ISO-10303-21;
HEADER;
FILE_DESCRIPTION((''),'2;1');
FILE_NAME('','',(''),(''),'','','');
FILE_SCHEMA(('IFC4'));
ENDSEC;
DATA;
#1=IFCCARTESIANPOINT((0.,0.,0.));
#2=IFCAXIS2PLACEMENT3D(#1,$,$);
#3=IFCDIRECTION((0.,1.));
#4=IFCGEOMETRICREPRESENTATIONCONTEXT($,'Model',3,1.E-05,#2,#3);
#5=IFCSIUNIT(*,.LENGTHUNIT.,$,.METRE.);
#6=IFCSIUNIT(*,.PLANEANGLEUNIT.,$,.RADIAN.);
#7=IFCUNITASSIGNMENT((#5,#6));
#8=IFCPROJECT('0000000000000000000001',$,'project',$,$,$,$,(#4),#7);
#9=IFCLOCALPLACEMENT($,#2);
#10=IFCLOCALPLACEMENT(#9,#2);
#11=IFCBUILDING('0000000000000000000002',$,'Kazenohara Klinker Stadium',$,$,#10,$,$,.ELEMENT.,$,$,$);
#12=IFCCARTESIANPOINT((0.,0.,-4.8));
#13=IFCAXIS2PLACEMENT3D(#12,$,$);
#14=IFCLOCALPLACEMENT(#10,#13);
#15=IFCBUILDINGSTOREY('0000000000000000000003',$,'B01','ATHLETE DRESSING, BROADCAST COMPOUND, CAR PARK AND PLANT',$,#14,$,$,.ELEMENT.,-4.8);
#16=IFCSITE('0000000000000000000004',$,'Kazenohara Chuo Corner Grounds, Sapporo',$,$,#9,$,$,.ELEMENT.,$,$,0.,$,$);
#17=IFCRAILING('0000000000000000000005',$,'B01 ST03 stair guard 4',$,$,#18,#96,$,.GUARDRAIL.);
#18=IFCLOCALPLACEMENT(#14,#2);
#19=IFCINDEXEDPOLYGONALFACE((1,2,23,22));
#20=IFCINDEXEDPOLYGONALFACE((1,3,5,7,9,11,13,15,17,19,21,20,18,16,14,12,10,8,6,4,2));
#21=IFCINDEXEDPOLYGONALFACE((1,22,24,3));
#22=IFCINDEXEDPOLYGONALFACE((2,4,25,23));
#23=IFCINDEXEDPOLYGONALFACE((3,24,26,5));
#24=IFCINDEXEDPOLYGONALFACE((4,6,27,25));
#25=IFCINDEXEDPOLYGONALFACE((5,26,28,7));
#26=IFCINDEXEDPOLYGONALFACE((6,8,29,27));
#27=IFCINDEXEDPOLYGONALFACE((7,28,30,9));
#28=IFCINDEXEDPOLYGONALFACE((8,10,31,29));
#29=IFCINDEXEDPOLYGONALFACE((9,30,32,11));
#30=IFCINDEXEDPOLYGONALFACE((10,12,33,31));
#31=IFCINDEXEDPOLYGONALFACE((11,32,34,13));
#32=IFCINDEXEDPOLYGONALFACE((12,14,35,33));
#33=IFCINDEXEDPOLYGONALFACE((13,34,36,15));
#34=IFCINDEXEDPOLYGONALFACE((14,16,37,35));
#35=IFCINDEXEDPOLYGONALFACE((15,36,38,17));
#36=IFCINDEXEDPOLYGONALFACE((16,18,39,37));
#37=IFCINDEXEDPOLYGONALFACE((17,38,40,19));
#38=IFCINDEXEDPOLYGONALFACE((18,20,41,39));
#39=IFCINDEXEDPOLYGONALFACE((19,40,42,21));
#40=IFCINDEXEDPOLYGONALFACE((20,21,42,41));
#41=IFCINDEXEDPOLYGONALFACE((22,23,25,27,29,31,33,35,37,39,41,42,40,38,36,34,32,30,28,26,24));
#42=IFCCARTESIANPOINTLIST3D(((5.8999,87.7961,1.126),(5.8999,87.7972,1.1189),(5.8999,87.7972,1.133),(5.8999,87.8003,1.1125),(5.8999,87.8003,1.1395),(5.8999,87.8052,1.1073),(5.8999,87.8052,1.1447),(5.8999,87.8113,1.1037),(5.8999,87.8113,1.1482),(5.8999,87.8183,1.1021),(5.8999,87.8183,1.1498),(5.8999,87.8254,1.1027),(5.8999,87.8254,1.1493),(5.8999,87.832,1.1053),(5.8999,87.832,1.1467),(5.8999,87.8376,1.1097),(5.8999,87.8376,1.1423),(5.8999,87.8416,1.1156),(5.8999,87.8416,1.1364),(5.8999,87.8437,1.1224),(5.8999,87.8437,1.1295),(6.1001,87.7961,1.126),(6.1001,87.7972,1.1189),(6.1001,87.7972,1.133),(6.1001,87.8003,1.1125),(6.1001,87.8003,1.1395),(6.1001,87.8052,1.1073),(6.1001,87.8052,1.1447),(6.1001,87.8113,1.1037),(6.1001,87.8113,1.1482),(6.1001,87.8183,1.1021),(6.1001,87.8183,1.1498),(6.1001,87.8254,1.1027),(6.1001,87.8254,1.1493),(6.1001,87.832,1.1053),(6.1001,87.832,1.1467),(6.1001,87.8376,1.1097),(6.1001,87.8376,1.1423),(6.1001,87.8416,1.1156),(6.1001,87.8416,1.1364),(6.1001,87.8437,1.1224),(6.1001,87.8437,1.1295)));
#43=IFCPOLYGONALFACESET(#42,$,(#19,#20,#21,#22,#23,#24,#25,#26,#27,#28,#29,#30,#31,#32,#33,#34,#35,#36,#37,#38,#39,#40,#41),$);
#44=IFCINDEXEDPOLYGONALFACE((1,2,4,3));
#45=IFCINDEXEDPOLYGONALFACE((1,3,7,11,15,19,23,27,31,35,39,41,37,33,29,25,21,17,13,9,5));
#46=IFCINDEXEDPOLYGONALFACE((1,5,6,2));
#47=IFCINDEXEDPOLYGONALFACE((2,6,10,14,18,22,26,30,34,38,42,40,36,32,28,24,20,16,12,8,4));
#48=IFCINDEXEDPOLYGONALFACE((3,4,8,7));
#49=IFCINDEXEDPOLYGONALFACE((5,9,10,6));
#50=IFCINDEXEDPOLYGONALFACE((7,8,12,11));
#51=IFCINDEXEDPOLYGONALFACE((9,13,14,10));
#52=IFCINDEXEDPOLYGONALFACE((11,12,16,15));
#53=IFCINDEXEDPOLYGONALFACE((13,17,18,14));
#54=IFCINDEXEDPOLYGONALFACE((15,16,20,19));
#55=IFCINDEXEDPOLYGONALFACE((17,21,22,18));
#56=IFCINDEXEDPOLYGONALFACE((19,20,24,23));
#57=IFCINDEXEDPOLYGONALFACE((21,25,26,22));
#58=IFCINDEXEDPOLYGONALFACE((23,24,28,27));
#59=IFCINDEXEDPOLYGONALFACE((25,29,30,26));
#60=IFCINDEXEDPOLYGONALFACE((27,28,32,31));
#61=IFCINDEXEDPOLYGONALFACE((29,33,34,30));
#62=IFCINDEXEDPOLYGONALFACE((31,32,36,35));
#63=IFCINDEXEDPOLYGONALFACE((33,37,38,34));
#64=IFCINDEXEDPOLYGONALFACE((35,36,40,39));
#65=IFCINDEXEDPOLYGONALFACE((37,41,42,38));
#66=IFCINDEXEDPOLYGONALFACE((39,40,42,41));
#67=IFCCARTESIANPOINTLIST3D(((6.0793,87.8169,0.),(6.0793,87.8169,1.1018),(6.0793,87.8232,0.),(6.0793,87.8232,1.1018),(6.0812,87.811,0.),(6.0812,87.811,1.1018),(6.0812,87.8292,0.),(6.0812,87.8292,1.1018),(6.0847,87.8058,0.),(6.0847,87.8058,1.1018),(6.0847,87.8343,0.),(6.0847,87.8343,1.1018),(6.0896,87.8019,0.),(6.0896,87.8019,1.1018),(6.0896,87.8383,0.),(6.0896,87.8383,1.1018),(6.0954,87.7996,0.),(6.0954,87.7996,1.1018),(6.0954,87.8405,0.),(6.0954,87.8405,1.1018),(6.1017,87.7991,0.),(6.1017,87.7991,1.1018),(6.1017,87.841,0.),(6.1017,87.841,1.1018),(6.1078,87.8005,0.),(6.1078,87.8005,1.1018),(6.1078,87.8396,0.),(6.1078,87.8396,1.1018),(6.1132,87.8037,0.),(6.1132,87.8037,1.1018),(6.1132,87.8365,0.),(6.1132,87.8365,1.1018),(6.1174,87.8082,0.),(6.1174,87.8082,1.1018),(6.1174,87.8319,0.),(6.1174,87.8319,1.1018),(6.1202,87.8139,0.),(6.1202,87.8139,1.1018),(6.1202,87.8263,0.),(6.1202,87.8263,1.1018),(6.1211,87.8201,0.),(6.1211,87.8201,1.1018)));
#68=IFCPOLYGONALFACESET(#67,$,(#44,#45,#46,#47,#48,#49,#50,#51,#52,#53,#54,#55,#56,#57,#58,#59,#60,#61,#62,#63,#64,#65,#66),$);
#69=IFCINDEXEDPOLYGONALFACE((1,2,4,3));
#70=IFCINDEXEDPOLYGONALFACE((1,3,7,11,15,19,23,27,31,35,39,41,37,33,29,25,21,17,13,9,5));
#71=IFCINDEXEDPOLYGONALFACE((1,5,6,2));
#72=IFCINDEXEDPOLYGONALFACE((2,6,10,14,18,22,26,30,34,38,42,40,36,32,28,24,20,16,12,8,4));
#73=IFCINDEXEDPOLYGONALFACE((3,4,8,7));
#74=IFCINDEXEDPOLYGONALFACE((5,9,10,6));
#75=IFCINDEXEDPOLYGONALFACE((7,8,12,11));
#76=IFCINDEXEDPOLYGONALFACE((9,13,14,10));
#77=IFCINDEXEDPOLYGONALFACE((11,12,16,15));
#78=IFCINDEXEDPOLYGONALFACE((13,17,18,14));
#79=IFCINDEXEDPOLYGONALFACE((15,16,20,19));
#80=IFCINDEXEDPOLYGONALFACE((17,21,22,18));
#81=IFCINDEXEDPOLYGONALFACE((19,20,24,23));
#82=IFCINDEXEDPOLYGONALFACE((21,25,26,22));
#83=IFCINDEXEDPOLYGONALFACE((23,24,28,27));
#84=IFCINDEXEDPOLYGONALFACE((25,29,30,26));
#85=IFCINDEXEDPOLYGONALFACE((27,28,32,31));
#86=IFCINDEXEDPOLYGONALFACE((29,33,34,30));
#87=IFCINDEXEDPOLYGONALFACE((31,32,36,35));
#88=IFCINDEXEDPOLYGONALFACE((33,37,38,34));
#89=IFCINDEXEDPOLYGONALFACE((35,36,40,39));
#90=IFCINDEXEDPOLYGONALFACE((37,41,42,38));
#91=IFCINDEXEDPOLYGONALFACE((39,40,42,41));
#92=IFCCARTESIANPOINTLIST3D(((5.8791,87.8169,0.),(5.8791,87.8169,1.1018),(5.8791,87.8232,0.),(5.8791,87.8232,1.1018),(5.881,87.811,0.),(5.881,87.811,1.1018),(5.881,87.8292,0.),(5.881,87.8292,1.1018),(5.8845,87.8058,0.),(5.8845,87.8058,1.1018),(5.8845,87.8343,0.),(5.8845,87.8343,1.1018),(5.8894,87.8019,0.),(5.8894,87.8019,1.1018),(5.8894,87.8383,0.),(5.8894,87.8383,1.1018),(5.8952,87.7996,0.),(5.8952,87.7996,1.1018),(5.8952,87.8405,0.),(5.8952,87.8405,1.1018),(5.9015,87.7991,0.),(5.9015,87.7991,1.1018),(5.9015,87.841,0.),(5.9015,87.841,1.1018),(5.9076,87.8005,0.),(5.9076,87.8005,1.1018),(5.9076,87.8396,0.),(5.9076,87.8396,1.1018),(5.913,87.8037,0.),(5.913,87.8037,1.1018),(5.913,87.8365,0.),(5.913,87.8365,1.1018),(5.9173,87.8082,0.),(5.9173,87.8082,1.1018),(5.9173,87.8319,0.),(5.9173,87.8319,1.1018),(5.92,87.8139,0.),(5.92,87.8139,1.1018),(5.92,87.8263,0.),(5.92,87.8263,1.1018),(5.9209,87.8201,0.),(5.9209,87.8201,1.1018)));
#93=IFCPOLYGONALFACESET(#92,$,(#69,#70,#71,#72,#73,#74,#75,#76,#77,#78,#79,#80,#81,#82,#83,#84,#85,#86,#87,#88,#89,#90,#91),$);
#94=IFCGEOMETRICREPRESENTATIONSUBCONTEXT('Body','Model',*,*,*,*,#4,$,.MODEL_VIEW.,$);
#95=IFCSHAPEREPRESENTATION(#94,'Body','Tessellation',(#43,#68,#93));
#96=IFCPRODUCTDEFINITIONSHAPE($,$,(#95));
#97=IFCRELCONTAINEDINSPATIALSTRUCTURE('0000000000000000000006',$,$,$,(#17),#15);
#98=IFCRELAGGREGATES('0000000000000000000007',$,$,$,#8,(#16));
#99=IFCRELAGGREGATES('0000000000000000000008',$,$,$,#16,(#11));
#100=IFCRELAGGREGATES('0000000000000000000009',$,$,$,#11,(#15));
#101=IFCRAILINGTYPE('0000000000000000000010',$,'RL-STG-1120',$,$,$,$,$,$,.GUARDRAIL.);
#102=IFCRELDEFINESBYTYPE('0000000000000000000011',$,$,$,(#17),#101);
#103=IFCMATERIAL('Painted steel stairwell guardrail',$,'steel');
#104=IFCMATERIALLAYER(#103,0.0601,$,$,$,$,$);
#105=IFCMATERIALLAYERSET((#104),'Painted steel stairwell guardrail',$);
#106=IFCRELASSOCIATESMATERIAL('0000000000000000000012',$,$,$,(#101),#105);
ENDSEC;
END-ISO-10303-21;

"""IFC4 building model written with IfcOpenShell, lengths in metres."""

from ifc_helpers import new_model, si_unit, direction, frame, origin, origin_2d, place, context, subcontext, project, spatial, circle, extrude, material, layer, layer_set, type_object, element, save


model = new_model("IFC4")

# Units and contexts
model_context = context("Model", 3, precision=1e-05, world=origin(), true_north=direction((0.0, 1.0)))
body_context = subcontext(model_context, "Body", "Model", "MODEL_VIEW")
ifc_project = project(units=[si_unit("LENGTHUNIT", "METRE"), si_unit("PLANEANGLEUNIT", "RADIAN")], contexts=[model_context])

# Site, building, storey
site_placement = place(None, origin())
site = spatial("IfcSite", under=ifc_project, at=site_placement, Name="Kazenohara Chuo Corner Grounds, Sapporo", CompositionType="ELEMENT", RefElevation=0.0)
building_placement = place(site_placement, origin())
building = spatial("IfcBuilding", under=site, at=building_placement, Name="Kazenohara Klinker Stadium", CompositionType="ELEMENT")
storey_placement = place(building_placement, frame((0.0, 0.0, -4.8)))
storey = spatial("IfcBuildingStorey", under=building, at=storey_placement, Name="B01", Description="ATHLETE DRESSING, BROADCAST COMPOUND, CAR PARK AND PLANT", CompositionType="ELEMENT", Elevation=-4.8)

# Railing
ifc_material_1 = material(Name="Painted steel stairwell guardrail", Category="steel")
ifc_layer_1 = layer(ifc_material_1, 0.0601)
ifc_layer_set_1 = layer_set([ifc_layer_1], Name="Painted steel stairwell guardrail")
railing_type_1 = type_object("IfcRailingType", Name="RL-STG-1120", PredefinedType="GUARDRAIL", material=ifc_layer_set_1)
railing_1_placement = place(storey_placement, frame((6.1001, 87.8201, 0.0)))
element("IfcRailing", 1, at=railing_1_placement, inside=storey, type_object=railing_type_1, Name="B01 ST03 stair guard 4", PredefinedType="GUARDRAIL", context=body_context, shape_type="SweptSolid", body=[
    extrude(circle(Radius=0.0239, at=origin_2d()), frame((0.0, 0.0, 1.126), z_axis=(-1.0, 0.0, 0.0), x_axis=(0.0, -1.0, 0.0)), (0.0, 0.0, 1.0), 0.2002),
    extrude(circle(Radius=0.021, at=origin_2d()), origin(), (0.0, 0.0, 1.0), 1.1018),
    extrude(circle(Radius=0.021, at=origin_2d()), frame((-0.2002, 0.0, 0.0)), (0.0, 0.0, 1.0), 1.1018),
])

save(model, "model.ifc")
